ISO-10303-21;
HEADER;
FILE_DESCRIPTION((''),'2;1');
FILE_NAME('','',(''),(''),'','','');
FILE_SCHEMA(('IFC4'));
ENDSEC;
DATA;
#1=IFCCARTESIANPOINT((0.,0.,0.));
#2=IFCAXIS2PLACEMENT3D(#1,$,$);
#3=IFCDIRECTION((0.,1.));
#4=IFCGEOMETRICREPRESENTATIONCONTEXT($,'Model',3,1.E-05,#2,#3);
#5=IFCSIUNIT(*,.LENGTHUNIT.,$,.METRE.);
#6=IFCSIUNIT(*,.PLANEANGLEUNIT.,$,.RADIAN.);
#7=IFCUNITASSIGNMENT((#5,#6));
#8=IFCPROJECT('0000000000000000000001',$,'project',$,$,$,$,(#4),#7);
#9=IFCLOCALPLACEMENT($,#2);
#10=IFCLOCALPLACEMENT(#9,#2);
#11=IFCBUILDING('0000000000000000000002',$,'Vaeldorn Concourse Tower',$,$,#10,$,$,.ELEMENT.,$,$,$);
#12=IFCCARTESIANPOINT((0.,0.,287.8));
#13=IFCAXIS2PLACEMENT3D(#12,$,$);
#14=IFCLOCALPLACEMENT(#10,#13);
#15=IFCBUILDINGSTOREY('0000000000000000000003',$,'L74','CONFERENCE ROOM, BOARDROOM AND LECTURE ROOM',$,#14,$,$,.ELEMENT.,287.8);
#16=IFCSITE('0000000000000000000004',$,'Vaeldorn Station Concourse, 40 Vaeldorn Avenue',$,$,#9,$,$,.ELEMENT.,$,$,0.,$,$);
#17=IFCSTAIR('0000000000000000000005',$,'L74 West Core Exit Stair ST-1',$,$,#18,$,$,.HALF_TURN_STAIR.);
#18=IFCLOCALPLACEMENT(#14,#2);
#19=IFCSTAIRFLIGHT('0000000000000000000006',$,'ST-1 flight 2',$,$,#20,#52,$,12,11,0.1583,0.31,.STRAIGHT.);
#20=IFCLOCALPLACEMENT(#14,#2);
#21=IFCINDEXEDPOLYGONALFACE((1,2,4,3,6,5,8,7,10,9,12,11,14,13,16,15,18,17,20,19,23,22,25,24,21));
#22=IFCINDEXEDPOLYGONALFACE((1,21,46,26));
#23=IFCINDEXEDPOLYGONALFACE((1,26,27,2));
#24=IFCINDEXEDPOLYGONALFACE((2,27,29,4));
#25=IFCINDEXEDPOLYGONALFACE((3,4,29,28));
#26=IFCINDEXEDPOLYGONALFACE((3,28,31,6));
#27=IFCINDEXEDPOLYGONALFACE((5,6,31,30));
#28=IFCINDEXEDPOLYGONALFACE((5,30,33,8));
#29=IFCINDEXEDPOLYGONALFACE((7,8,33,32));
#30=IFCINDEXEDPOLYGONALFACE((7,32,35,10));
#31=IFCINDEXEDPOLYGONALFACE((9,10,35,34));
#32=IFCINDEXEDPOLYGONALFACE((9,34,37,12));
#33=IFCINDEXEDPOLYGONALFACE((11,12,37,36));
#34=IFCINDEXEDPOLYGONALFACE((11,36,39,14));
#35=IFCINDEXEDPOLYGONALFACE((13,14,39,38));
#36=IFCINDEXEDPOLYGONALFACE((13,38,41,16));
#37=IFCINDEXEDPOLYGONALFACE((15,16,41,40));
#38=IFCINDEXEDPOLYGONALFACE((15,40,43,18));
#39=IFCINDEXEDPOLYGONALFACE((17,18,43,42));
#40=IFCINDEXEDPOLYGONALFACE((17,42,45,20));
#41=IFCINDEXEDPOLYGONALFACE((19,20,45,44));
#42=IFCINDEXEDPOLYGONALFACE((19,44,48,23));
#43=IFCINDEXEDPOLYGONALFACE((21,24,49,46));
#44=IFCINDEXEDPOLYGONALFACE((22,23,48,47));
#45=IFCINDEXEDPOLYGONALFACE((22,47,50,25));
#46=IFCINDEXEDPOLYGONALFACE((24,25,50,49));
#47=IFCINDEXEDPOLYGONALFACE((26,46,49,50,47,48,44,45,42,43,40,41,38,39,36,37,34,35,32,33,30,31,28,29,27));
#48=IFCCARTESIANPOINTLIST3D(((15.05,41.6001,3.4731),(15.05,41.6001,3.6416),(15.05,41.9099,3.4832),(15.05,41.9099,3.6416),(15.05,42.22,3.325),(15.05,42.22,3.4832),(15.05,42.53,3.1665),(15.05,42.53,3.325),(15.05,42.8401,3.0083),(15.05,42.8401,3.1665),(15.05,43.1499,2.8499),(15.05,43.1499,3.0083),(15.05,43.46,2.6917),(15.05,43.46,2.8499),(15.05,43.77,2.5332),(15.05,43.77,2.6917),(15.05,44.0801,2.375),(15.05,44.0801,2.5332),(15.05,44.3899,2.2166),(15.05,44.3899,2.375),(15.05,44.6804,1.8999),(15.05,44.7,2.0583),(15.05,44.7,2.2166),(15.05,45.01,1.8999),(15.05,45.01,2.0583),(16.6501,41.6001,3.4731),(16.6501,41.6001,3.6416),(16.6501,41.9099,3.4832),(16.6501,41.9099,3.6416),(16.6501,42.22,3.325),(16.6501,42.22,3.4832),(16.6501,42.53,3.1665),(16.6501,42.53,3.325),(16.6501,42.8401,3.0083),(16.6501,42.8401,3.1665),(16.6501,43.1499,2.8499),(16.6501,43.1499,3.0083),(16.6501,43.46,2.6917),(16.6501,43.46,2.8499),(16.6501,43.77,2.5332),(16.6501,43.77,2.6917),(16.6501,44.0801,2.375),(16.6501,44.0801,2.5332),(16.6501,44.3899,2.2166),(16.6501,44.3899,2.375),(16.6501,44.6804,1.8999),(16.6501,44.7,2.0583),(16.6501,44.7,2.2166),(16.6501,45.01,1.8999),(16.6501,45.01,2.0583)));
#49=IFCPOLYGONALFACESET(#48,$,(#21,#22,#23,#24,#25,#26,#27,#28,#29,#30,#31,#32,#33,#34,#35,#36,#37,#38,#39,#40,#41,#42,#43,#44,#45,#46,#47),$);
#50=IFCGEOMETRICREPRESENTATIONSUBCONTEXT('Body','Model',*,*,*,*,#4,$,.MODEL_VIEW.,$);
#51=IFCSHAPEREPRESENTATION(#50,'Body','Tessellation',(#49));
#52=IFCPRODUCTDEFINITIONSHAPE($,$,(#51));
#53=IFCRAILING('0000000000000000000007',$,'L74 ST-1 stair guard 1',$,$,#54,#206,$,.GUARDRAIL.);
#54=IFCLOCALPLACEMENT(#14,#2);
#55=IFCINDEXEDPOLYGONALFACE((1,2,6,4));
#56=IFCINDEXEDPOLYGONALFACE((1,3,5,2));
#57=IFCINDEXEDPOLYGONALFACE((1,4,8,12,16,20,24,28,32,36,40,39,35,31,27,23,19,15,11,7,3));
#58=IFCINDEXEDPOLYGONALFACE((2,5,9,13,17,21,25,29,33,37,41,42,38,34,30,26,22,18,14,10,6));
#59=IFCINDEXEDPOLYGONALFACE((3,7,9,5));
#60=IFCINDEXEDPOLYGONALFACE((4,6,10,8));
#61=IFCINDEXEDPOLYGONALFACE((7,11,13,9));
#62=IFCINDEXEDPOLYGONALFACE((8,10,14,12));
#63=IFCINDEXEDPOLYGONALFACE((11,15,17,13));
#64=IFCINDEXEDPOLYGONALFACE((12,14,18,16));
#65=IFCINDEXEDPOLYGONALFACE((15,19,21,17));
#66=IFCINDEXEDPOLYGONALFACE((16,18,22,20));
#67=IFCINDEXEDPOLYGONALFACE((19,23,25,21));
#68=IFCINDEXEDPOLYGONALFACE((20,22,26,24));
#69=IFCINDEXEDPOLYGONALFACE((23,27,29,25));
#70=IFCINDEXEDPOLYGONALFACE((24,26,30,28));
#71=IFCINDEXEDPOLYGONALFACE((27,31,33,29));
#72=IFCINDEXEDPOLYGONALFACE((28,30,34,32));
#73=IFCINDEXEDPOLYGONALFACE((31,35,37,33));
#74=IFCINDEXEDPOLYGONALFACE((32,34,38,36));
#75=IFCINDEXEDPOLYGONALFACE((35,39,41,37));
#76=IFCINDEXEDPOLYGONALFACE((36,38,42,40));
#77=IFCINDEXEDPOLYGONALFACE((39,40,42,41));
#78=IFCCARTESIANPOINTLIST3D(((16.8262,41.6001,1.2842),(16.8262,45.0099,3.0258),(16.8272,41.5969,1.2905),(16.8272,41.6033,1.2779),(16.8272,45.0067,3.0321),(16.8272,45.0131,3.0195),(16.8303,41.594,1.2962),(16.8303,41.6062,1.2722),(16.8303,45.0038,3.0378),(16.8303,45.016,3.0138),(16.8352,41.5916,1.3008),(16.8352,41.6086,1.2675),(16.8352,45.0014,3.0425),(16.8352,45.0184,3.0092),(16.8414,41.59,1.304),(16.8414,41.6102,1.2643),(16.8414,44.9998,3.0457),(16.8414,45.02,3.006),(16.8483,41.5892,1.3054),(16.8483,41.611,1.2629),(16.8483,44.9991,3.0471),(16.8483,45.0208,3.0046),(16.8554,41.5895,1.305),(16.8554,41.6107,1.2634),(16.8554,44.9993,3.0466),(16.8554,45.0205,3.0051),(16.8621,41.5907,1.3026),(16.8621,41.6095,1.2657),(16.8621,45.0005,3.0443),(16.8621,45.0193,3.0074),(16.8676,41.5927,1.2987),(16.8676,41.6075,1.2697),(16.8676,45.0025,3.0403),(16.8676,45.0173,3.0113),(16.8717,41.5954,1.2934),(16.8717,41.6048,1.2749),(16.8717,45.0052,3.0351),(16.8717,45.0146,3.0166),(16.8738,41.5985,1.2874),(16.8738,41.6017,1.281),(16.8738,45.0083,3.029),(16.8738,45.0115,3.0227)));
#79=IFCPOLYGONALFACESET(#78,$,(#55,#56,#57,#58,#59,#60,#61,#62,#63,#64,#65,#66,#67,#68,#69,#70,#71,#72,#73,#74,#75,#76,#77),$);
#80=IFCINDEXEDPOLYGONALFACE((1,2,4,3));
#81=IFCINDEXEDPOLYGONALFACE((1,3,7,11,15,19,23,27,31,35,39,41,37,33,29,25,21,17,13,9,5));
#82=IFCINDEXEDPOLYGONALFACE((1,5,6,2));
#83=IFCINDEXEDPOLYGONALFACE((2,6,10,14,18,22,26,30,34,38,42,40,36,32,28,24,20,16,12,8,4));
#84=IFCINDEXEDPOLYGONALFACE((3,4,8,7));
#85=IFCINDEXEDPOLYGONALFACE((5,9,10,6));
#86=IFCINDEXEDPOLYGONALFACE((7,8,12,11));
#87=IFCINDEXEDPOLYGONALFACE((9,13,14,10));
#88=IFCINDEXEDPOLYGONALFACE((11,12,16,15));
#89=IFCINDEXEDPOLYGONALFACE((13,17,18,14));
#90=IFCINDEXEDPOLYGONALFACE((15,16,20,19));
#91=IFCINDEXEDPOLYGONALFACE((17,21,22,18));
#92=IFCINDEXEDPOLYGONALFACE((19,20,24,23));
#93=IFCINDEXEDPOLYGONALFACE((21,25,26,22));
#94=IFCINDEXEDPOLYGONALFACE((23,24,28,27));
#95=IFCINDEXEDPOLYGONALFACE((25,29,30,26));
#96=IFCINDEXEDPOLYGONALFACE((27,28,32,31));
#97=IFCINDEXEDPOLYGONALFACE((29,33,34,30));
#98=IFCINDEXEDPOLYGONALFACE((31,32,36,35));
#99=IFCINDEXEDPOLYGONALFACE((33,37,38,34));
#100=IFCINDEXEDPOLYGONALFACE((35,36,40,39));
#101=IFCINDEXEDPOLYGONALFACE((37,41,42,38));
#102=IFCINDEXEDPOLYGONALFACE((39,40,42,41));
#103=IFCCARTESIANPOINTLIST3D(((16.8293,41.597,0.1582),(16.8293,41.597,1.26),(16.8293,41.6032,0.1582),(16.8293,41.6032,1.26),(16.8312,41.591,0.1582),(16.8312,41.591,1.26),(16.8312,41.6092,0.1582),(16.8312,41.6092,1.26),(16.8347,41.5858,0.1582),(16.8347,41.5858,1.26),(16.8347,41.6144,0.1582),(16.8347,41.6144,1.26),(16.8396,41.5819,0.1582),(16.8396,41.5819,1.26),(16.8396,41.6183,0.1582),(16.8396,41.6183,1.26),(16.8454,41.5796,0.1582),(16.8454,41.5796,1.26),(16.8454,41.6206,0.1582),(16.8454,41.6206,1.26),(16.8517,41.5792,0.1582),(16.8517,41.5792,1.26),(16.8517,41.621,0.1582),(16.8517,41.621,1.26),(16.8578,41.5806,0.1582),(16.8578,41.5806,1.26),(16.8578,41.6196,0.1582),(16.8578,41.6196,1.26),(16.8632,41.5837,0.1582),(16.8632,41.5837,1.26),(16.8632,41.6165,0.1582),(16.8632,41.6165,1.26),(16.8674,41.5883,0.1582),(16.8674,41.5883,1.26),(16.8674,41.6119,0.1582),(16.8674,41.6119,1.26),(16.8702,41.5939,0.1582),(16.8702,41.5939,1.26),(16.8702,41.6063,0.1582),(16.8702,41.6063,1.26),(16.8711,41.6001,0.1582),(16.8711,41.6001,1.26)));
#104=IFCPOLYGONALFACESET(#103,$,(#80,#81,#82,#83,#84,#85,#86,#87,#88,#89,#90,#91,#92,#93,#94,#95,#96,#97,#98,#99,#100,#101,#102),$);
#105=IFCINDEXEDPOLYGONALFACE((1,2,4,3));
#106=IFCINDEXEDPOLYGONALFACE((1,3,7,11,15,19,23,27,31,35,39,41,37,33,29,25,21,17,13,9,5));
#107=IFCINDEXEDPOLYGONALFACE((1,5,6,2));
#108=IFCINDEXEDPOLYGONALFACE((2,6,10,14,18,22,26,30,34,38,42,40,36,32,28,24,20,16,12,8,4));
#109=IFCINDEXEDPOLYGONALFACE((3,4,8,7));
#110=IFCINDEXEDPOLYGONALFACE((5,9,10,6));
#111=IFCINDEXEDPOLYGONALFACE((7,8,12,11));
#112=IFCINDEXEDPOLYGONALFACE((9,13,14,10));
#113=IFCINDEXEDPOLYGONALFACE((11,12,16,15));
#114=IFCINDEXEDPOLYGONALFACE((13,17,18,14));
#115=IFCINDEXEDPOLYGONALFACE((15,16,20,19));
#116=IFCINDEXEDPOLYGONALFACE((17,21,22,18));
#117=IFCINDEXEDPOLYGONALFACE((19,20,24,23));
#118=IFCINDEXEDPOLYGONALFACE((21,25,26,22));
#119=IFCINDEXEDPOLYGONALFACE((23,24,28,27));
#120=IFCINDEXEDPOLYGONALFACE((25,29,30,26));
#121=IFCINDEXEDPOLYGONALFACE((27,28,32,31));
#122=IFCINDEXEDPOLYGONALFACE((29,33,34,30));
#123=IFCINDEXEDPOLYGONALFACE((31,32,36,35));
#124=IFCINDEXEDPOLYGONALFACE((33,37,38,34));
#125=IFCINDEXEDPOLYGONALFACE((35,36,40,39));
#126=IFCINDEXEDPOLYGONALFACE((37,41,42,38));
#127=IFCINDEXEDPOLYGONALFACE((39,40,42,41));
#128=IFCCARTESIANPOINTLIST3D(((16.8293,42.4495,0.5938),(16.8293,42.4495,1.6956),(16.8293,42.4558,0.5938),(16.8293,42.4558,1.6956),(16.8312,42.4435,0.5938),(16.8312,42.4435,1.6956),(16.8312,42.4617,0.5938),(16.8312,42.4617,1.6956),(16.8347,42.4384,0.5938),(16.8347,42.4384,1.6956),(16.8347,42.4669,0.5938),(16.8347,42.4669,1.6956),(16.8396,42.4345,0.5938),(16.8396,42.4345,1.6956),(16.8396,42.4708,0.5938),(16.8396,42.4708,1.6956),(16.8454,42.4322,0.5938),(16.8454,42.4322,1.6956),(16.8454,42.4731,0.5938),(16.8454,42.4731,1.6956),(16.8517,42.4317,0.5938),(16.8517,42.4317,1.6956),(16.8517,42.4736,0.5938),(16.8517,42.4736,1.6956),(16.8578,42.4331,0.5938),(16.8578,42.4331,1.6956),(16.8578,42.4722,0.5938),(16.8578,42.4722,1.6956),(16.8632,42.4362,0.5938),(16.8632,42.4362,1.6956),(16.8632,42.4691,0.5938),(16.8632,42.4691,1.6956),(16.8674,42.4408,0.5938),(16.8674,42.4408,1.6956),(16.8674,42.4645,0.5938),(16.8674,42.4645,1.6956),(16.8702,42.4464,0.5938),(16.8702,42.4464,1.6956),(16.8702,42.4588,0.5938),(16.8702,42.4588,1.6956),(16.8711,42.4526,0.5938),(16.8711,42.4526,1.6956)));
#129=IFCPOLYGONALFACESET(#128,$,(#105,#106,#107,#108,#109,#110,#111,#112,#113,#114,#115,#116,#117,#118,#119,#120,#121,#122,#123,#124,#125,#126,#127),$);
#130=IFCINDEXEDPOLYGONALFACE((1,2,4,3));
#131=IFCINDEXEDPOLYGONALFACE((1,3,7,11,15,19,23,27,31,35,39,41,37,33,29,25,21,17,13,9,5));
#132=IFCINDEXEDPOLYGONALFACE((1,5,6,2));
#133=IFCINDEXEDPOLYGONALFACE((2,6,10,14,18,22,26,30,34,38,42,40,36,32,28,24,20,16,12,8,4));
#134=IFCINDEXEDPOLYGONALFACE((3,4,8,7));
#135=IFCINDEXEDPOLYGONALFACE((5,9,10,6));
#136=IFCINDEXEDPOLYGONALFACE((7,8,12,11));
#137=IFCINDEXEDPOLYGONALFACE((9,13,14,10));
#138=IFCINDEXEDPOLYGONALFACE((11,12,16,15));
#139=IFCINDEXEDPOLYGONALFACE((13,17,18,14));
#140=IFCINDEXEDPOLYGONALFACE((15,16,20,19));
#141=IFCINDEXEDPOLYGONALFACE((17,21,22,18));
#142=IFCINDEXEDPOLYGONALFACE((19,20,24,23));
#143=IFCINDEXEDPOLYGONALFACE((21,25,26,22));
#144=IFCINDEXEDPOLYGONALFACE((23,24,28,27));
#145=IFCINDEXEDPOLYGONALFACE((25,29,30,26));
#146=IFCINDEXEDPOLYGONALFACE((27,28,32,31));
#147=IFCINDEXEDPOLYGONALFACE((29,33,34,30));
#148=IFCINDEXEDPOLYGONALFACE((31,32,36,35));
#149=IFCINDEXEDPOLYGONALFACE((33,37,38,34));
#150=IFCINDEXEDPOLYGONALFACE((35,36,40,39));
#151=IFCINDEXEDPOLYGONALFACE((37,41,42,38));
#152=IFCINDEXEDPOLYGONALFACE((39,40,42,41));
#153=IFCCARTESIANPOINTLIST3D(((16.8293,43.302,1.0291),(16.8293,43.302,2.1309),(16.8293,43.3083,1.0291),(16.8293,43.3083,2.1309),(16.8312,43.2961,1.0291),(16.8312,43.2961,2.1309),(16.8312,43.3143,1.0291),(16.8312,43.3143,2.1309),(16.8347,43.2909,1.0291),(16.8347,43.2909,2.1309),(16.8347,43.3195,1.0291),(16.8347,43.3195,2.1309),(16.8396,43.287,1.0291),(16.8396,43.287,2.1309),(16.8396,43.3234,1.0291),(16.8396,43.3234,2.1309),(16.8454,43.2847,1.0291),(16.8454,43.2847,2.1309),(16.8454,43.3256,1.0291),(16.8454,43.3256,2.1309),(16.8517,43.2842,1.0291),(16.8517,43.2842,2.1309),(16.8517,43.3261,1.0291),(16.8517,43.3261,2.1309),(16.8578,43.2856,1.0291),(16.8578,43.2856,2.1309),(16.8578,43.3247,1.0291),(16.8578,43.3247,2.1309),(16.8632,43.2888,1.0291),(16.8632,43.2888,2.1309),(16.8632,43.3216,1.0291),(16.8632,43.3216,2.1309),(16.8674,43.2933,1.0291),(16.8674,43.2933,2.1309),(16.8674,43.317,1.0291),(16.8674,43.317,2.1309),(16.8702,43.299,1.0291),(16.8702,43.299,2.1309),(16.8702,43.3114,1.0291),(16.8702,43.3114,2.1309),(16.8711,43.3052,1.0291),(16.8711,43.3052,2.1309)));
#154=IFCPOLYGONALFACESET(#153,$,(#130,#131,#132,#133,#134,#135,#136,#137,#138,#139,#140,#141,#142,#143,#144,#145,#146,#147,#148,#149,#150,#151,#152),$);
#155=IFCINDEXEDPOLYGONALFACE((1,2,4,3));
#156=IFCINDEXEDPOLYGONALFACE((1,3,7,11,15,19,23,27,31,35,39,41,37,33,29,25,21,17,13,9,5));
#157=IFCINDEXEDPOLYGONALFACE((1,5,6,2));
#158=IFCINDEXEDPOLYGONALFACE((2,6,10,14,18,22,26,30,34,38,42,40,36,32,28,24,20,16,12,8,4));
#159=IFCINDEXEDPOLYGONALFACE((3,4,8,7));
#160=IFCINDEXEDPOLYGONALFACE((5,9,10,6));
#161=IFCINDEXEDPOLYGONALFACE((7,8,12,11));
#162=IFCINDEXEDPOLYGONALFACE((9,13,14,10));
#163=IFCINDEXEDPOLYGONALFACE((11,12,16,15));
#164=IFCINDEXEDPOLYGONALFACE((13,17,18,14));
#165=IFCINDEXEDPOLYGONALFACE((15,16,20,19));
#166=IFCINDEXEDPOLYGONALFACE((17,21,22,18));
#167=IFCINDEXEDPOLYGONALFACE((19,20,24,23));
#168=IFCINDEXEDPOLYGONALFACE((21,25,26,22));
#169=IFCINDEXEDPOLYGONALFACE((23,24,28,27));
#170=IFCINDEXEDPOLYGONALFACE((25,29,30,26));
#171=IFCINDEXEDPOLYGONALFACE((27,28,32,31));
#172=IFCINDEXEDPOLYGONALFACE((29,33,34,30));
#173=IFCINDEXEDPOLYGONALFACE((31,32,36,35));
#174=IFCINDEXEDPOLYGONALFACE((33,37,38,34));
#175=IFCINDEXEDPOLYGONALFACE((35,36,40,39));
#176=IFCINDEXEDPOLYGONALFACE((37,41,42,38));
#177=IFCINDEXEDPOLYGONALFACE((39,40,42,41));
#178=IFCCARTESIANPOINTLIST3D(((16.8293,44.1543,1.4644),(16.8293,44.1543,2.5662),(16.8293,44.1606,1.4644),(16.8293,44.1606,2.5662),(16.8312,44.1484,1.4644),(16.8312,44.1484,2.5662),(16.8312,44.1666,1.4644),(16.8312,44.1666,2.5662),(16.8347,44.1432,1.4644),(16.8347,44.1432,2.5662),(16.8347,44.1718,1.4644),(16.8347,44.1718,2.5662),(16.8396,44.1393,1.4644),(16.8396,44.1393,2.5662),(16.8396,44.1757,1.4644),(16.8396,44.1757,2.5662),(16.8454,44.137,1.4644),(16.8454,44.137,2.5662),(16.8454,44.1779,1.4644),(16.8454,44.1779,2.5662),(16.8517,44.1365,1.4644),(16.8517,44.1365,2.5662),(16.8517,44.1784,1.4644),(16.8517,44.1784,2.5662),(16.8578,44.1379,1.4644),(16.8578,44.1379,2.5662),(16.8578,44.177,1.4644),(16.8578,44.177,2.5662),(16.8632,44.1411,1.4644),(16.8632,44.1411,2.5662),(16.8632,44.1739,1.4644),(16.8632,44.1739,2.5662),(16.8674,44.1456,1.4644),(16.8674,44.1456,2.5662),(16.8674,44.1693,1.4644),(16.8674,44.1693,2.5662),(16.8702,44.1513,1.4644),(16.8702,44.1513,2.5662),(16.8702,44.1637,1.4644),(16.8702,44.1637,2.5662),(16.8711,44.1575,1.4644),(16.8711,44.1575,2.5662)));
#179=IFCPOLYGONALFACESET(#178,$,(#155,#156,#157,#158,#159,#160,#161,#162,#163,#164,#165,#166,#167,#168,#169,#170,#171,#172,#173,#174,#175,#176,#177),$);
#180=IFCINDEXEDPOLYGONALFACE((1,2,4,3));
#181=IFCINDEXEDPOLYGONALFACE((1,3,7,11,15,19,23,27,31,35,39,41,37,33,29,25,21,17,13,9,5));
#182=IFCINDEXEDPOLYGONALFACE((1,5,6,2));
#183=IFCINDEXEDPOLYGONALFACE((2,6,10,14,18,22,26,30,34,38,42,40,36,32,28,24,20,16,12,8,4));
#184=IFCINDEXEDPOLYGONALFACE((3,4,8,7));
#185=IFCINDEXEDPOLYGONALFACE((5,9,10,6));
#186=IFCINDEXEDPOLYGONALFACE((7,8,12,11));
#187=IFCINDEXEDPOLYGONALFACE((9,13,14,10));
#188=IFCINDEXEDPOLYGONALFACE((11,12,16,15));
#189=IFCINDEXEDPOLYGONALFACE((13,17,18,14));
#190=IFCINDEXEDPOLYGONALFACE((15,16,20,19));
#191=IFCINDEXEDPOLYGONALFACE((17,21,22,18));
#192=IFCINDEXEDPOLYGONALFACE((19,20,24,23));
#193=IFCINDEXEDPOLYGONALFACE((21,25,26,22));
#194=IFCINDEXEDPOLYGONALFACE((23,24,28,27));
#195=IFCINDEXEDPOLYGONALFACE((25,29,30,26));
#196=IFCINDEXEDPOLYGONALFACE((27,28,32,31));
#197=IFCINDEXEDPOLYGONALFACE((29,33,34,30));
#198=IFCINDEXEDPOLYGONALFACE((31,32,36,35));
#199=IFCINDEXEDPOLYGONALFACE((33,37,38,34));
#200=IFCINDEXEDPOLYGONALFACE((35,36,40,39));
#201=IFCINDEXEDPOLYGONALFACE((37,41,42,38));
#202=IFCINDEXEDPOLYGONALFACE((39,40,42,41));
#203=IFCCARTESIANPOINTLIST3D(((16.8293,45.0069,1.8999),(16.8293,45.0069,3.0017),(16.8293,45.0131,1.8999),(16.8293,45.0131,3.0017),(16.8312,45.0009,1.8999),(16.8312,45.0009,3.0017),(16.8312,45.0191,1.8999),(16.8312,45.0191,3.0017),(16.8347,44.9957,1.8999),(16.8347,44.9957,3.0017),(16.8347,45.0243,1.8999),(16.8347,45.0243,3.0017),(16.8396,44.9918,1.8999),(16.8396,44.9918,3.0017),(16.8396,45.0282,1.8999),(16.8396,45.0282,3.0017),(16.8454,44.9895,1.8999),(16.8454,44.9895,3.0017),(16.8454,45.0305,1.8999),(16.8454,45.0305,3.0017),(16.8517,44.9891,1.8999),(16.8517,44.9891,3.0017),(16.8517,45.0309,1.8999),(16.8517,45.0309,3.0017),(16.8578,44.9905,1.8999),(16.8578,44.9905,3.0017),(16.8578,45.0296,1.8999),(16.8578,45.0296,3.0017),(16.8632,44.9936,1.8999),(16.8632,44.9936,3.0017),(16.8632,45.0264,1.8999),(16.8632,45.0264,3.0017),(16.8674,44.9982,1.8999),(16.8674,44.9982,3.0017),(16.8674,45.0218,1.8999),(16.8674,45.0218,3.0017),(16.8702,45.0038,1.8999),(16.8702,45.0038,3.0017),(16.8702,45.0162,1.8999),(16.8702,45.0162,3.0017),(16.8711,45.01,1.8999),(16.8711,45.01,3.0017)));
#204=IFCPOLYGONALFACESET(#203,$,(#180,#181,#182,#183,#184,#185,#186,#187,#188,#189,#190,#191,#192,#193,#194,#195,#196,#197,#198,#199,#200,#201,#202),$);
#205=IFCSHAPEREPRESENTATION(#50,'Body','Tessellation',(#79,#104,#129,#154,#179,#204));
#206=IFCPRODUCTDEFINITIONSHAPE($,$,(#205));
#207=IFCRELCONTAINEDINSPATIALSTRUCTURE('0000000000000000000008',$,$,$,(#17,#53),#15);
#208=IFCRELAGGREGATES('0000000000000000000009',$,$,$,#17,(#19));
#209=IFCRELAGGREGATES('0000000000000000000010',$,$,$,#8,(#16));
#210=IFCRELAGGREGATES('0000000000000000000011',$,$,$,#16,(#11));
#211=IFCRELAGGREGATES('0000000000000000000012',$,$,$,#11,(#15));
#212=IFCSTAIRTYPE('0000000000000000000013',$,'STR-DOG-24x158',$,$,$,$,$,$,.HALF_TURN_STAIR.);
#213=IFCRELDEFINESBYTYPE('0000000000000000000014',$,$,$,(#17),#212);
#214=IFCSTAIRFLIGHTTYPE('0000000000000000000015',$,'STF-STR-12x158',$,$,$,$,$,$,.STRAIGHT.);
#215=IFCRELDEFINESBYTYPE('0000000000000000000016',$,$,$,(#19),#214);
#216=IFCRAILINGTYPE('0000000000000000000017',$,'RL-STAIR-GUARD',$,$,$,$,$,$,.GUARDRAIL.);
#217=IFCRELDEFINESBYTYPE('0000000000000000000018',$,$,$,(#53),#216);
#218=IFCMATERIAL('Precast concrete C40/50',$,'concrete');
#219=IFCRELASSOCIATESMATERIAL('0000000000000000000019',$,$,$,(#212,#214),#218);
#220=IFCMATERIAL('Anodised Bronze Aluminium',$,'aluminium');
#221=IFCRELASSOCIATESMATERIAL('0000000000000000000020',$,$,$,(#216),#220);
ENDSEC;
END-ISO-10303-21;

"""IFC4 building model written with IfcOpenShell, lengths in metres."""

from ifc_helpers import new_model, si_unit, direction, frame, origin, origin_2d, place, context, subcontext, project, spatial, polyline, circle, outline, extrude, material, type_object, element, aggregate, save


model = new_model("IFC4")

# Units and contexts
model_context = context("Model", 3, precision=1e-05, world=origin(), true_north=direction((0.0, 1.0)))
body_context = subcontext(model_context, "Body", "Model", "MODEL_VIEW")
ifc_project = project(units=[si_unit("LENGTHUNIT", "METRE"), si_unit("PLANEANGLEUNIT", "RADIAN")], contexts=[model_context])

# Site, building, storey
site_placement = place(None, origin())
site = spatial("IfcSite", under=ifc_project, at=site_placement, Name="Vaeldorn Station Concourse, 40 Vaeldorn Avenue", CompositionType="ELEMENT", RefElevation=0.0)
building_placement = place(site_placement, origin())
building = spatial("IfcBuilding", under=site, at=building_placement, Name="Vaeldorn Concourse Tower", CompositionType="ELEMENT")
storey_placement = place(building_placement, frame((0.0, 0.0, 287.8)))
storey = spatial("IfcBuildingStorey", under=building, at=storey_placement, Name="L74", Description="CONFERENCE ROOM, BOARDROOM AND LECTURE ROOM", CompositionType="ELEMENT", Elevation=287.8)

# Shared definitions
ifc_material_1 = material(Name="Anodised Bronze Aluminium", Category="aluminium")

# Stair, stair flight
ifc_material_2 = material(Name="Precast concrete C40/50", Category="concrete")
stair_type = type_object("IfcStairType", Name="STR-DOG-24x158", PredefinedType="HALF_TURN_STAIR", material=ifc_material_2)
stair_placement = place(storey_placement, origin())
stair = element("IfcStair", 1, at=stair_placement, inside=storey, type_object=stair_type, Name="L74 West Core Exit Stair ST-1", PredefinedType="HALF_TURN_STAIR")
stair_flight_type = type_object("IfcStairFlightType", Name="STF-STR-12x158", PredefinedType="STRAIGHT", material=ifc_material_2)
stair_flight_1_placement = place(storey_placement, frame((15.8501, 45.01, 1.8999), z_axis=(0.0, 0.0, 1.0), x_axis=(0.0, -1.0, 0.0)))
stair_flight_1 = element("IfcStairFlight", 2, at=stair_flight_1_placement, type_object=stair_flight_type, Name="ST-1 flight 2", NumberOfRisers=12, NumberOfTreads=11, PredefinedType="STRAIGHT", RiserHeight=0.1583, TreadLength=0.31, context=body_context, shape_type="SweptSolid", body=[
    extrude(outline(polyline([(0.0, 0.0), (0.0, 0.1584), (0.3101, 0.1584), (0.3101, 0.3167), (0.6201, 0.3167), (0.6201, 0.4751), (0.9299, 0.4751), (0.9299, 0.6333), (1.24, 0.6333), (1.24, 0.7917), (1.55, 0.7917), (1.55, 0.95), (1.8601, 0.95), (1.8601, 1.1084), (2.1699, 1.1084), (2.1699, 1.2666), (2.48, 1.2666), (2.48, 1.425), (2.79, 1.425), (2.79, 1.5833), (3.1001, 1.5833), (3.1001, 1.7417), (3.4099, 1.7417), (3.4099, 1.8999), (3.4099, 1.5732), (0.3296, 0.0), (0.0, 0.0)])), frame((0.0, 0.8, 0.0), z_axis=(0.0, -1.0, 0.0), x_axis=(1.0, 0.0, 0.0)), (0.0, 0.0, 1.0), 1.6001),
])
aggregate(stair, [stair_flight_1])

# Railing
railing_type_1 = type_object("IfcRailingType", Name="RL-STAIR-GUARD", PredefinedType="GUARDRAIL", material=ifc_material_1)
railing_1_placement = place(storey_placement, frame((16.8501, 41.6001, 0.1582)))
element("IfcRailing", 3, at=railing_1_placement, inside=storey, type_object=railing_type_1, Name="L74 ST-1 stair guard 1", PredefinedType="GUARDRAIL", context=body_context, shape_type="SweptSolid", body=[
    extrude(circle(Radius=0.0239, at=origin_2d()), frame((0.0, 0.0, 1.126), z_axis=(0.0, 0.890556, 0.454874), x_axis=(-1.0, 0.0, 0.0)), (0.0, 0.0, 1.0), 3.8289),
    extrude(circle(Radius=0.021, at=origin_2d()), origin(), (0.0, 0.0, 1.0), 1.1018),
    extrude(circle(Radius=0.021, at=origin_2d()), frame((0.0, 0.8525, 0.4355)), (0.0, 0.0, 1.0), 1.1018),
    extrude(circle(Radius=0.021, at=origin_2d()), frame((0.0, 1.7051, 0.8708)), (0.0, 0.0, 1.0), 1.1018),
    extrude(circle(Radius=0.021, at=origin_2d()), frame((0.0, 2.5574, 1.3062)), (0.0, 0.0, 1.0), 1.1018),
    extrude(circle(Radius=0.021, at=origin_2d()), frame((0.0, 3.4099, 1.7417)), (0.0, 0.0, 1.0), 1.1018),
])

save(model, "model.ifc")
